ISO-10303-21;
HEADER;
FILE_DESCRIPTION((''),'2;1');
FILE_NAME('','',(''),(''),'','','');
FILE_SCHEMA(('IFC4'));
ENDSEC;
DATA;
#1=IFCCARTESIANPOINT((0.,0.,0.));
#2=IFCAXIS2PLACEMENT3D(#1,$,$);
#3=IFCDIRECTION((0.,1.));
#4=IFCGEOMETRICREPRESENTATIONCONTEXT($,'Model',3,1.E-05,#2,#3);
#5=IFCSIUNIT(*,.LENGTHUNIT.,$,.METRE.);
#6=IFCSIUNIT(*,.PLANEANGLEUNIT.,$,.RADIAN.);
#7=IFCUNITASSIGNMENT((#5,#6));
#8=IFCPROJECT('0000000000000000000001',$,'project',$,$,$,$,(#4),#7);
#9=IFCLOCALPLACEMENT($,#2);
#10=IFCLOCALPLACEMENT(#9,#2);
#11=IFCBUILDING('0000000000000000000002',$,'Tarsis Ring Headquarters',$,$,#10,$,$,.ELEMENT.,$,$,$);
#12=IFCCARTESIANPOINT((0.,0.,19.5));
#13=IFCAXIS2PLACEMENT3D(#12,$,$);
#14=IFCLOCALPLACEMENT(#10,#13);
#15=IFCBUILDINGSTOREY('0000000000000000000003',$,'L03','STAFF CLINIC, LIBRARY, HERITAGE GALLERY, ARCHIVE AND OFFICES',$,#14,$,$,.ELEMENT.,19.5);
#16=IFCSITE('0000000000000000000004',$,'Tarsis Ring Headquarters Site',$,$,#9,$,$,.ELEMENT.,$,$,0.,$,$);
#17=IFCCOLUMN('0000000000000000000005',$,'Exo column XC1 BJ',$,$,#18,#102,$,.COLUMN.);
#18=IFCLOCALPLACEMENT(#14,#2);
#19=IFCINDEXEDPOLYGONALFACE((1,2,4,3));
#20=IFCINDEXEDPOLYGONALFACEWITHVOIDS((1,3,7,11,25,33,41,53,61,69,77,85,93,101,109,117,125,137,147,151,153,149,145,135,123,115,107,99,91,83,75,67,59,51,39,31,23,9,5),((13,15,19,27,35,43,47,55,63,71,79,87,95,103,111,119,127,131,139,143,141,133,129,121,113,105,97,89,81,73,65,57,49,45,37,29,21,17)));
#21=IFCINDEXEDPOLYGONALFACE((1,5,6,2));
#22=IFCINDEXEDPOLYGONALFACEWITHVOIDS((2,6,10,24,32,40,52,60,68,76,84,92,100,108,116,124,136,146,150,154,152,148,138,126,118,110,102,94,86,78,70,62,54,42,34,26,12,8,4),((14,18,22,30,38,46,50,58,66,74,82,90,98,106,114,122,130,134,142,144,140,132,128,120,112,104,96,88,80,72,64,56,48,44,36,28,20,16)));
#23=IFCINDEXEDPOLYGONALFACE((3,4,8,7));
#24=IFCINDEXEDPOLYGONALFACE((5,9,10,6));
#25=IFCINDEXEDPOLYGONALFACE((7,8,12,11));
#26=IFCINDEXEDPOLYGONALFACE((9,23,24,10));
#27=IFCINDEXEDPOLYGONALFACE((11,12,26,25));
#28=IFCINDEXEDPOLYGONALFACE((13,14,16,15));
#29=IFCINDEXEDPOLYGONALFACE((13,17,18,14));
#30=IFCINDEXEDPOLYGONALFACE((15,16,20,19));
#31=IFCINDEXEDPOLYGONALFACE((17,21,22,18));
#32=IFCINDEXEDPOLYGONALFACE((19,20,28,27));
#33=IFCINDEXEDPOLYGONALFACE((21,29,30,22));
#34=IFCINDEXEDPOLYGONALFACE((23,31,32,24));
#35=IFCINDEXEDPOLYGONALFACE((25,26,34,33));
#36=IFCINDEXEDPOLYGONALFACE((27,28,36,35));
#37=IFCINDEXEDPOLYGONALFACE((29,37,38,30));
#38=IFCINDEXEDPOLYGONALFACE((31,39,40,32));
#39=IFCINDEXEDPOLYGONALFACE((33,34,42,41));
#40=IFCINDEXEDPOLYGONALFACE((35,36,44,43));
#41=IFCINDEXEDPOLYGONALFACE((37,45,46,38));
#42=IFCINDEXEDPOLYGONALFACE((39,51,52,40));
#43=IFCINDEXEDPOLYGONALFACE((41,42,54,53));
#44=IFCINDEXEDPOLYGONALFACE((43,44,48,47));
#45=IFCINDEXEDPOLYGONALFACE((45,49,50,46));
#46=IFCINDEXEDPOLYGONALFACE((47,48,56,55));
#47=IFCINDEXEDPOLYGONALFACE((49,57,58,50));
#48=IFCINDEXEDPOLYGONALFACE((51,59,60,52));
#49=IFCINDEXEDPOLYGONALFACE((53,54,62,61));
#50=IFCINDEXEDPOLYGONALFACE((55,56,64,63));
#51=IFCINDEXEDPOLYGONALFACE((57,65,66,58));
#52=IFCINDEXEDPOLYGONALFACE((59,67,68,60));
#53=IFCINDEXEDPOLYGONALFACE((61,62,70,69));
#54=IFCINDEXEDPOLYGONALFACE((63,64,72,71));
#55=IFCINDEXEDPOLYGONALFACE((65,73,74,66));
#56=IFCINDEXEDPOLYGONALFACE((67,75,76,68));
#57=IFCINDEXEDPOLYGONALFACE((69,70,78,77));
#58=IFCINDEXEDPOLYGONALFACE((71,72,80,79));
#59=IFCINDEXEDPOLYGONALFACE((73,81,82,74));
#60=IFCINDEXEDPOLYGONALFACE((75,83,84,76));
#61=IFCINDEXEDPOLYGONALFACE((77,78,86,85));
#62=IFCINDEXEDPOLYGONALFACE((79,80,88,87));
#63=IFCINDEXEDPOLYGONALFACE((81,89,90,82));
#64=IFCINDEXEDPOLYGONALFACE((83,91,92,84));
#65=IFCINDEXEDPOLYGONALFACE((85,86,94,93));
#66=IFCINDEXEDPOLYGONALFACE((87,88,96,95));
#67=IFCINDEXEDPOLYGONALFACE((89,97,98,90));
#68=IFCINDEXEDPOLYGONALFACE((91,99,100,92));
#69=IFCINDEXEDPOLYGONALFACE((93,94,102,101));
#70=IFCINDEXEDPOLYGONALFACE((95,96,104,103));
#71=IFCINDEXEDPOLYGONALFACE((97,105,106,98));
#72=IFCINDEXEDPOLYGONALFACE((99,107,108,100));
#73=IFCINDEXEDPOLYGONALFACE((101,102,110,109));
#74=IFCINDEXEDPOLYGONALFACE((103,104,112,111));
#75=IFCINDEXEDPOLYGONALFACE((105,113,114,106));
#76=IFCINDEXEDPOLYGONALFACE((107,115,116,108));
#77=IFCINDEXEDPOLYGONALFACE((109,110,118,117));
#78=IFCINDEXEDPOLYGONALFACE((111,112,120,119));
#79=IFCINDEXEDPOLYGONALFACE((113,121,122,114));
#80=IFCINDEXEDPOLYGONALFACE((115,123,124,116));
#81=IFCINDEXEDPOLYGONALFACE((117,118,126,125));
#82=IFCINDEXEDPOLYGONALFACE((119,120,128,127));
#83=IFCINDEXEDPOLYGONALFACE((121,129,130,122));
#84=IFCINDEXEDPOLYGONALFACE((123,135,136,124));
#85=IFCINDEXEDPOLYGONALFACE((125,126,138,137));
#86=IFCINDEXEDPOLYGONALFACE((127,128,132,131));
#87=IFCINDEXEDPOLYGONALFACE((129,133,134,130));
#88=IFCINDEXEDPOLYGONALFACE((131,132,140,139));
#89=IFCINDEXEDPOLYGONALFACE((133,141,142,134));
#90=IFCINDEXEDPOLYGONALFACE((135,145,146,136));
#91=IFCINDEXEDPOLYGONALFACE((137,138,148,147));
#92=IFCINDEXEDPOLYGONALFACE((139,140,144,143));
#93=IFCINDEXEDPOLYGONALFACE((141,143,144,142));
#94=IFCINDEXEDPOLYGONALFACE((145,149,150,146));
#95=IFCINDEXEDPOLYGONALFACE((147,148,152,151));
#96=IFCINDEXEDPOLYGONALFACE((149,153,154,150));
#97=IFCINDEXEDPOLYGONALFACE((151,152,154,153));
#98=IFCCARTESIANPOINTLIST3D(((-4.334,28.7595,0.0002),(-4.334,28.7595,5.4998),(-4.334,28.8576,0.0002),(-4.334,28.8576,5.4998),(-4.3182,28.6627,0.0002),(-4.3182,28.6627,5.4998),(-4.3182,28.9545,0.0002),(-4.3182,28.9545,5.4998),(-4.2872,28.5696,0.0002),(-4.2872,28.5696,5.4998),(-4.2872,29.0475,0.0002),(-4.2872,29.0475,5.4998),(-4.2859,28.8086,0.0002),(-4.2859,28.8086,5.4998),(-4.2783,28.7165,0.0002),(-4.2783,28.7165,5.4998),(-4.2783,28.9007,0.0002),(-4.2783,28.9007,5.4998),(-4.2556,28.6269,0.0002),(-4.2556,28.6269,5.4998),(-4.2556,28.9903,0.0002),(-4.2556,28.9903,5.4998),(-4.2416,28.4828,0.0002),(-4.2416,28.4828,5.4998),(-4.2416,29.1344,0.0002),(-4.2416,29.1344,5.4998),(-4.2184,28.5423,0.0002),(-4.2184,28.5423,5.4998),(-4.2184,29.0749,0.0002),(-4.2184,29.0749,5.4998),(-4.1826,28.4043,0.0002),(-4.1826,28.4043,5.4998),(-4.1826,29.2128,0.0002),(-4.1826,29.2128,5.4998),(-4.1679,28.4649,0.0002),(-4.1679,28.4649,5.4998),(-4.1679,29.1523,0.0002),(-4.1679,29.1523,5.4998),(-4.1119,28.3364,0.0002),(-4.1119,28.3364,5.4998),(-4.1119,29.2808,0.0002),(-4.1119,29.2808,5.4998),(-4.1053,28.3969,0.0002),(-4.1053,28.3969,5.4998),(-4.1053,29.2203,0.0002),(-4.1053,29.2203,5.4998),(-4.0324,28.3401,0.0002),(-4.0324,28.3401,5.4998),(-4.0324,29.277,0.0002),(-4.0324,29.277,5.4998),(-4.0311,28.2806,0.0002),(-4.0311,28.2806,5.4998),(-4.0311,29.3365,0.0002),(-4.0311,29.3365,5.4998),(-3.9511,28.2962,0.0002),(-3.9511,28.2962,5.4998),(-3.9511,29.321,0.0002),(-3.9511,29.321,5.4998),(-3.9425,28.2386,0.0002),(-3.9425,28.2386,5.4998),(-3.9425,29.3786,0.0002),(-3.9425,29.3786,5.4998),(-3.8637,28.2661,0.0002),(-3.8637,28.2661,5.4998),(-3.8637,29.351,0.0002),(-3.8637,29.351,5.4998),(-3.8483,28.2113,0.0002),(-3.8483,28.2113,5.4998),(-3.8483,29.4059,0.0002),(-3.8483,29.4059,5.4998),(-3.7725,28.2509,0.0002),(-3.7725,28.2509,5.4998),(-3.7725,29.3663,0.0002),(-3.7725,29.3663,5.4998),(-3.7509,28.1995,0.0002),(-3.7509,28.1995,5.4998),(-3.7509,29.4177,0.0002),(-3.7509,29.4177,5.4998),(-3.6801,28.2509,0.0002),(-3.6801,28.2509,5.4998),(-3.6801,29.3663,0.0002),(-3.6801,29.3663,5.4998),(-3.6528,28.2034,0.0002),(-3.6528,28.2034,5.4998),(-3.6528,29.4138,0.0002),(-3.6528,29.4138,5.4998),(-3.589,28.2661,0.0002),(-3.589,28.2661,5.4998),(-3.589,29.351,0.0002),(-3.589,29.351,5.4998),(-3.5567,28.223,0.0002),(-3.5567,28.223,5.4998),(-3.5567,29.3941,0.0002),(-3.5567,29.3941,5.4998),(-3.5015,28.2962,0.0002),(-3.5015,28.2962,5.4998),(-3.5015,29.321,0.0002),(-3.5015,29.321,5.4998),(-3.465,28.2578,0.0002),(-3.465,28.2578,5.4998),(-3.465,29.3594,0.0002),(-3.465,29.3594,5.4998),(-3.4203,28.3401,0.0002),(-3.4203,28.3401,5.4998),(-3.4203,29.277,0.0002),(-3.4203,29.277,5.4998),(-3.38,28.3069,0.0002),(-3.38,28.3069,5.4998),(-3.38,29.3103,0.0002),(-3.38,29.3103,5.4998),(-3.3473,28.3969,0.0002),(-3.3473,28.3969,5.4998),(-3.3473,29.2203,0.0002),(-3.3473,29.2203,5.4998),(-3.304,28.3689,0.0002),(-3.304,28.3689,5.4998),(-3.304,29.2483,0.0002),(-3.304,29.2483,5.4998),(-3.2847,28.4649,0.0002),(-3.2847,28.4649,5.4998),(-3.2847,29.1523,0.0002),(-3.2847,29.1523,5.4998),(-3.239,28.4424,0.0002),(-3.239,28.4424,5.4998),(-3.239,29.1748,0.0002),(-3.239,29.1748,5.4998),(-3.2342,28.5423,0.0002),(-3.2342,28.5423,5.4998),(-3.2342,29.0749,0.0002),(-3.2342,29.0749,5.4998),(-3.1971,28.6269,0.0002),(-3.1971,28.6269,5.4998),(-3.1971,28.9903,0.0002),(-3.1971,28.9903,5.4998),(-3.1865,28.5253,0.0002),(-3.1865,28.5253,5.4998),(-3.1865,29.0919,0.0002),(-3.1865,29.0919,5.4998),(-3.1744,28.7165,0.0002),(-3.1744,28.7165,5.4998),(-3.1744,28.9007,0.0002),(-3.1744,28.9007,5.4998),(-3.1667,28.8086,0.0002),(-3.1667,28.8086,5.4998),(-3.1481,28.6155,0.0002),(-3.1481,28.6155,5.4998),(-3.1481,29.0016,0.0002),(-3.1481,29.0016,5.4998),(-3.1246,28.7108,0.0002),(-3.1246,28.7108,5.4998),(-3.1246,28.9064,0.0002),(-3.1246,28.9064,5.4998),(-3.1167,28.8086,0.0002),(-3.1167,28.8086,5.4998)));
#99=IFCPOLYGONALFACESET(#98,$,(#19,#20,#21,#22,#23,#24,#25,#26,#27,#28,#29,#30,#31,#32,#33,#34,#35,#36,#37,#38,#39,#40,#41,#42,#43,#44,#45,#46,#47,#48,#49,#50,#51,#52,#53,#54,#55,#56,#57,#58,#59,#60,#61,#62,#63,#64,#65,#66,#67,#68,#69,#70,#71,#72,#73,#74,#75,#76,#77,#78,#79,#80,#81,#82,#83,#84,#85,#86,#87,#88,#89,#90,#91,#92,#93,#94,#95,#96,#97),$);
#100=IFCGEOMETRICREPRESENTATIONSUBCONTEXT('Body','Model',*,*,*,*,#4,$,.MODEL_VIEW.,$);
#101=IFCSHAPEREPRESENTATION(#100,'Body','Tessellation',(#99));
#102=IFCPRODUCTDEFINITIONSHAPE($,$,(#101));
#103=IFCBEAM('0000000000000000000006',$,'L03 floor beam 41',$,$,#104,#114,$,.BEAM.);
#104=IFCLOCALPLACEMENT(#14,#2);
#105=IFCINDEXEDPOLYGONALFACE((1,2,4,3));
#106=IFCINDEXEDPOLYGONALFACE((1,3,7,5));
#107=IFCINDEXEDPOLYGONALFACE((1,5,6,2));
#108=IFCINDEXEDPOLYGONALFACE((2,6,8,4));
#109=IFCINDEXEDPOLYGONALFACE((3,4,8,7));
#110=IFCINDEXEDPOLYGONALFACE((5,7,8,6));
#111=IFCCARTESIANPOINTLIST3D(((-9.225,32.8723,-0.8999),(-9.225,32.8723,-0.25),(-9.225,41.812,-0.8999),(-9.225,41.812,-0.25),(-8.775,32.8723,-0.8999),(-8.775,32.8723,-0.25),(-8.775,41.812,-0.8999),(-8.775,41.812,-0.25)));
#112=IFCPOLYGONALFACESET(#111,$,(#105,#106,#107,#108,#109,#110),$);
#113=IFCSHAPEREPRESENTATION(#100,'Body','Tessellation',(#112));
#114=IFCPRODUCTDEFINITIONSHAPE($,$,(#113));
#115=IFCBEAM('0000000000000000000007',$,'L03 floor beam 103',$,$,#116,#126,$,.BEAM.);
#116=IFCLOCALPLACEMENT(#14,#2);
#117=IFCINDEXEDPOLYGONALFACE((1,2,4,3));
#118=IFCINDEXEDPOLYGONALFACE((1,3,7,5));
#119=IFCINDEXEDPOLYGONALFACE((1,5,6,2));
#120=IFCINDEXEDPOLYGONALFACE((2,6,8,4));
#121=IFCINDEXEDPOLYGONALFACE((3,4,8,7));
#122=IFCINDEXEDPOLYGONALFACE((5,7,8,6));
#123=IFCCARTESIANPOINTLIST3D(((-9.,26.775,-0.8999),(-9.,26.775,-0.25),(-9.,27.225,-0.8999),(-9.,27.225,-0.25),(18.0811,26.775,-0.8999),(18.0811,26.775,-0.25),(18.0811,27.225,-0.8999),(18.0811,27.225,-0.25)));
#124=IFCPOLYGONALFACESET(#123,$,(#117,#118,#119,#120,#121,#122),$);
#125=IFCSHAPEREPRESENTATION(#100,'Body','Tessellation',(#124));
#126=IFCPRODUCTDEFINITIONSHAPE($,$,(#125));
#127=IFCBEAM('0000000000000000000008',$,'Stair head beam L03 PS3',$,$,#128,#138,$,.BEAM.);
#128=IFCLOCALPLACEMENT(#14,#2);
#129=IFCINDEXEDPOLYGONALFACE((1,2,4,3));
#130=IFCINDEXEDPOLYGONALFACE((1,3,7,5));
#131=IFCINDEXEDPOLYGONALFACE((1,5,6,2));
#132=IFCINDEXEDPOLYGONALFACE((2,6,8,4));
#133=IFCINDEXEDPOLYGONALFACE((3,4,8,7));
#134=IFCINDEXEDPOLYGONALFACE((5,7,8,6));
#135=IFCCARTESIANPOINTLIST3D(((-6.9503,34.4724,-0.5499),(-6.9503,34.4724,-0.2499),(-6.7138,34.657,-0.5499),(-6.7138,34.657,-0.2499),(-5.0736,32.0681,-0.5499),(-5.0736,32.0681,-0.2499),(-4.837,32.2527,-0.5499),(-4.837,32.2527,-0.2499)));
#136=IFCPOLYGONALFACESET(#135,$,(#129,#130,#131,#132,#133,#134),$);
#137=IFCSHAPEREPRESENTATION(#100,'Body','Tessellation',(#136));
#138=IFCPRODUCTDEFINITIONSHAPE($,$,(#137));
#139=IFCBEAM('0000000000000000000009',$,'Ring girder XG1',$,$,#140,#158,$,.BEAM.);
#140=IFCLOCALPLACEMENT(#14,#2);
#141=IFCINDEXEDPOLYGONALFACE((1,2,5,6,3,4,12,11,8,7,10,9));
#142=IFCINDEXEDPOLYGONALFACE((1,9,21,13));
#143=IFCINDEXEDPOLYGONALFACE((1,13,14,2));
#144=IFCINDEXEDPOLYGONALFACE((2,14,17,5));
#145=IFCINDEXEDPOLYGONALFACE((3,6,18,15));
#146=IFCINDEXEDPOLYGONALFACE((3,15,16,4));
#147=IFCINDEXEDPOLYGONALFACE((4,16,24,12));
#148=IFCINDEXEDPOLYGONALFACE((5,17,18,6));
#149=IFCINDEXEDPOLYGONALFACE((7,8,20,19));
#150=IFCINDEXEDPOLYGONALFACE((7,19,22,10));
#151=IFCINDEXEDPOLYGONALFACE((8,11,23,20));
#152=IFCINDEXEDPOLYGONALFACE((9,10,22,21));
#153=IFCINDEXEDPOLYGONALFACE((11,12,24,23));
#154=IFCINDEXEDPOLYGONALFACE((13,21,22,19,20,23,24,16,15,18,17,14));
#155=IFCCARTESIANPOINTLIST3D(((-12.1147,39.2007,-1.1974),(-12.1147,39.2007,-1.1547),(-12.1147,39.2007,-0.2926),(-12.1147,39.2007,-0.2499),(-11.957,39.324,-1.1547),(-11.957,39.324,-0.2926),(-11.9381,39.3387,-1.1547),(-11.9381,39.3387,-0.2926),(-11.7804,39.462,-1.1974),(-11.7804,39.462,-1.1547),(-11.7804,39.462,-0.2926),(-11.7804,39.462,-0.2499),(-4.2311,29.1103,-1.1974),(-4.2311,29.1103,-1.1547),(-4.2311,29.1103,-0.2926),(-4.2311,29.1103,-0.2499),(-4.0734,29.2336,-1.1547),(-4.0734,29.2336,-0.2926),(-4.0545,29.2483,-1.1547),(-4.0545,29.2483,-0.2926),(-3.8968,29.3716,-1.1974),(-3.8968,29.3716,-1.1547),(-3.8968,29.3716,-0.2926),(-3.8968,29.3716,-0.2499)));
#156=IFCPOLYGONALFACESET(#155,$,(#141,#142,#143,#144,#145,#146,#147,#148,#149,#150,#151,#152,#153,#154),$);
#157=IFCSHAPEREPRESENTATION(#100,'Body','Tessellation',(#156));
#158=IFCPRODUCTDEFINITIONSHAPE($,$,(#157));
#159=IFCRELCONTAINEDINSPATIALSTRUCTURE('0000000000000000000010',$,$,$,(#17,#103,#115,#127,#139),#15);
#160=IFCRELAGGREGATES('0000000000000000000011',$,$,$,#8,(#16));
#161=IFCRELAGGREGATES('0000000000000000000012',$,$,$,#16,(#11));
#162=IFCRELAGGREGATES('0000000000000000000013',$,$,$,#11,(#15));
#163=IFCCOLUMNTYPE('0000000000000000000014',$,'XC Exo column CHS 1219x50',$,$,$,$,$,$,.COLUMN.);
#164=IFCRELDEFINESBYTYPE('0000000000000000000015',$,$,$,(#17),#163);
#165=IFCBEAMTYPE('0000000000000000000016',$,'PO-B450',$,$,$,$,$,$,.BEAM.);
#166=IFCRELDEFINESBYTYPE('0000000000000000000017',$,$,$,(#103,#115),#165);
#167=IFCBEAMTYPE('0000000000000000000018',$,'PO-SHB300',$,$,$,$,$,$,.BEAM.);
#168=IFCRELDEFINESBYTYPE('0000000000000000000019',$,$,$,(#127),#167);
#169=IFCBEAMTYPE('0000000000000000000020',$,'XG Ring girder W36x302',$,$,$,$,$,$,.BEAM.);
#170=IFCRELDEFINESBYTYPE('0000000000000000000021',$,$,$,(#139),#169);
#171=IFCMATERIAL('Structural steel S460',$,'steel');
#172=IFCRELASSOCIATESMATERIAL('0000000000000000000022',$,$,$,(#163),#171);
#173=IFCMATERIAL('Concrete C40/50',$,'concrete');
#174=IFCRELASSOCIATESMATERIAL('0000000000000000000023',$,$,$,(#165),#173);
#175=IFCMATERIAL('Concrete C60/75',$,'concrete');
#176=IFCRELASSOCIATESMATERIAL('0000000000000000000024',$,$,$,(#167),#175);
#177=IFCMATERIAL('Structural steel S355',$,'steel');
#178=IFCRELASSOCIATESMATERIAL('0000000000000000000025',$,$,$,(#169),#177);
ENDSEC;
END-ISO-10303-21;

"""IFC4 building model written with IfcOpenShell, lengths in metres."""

from ifc_helpers import new_model, si_unit, direction, frame, origin, origin_2d, place, context, subcontext, project, spatial, rectangle, hollow_circle, i_section, extrude, material, material_profile, profile_set, type_object, element, save


model = new_model("IFC4")

# Units and contexts
model_context = context("Model", 3, precision=1e-05, world=origin(), true_north=direction((0.0, 1.0)))
body_context = subcontext(model_context, "Body", "Model", "MODEL_VIEW")
ifc_project = project(units=[si_unit("LENGTHUNIT", "METRE"), si_unit("PLANEANGLEUNIT", "RADIAN")], contexts=[model_context])

# Site, building, storey
site_placement = place(None, origin())
site = spatial("IfcSite", under=ifc_project, at=site_placement, Name="Tarsis Ring Headquarters Site", CompositionType="ELEMENT", RefElevation=0.0)
building_placement = place(site_placement, origin())
building = spatial("IfcBuilding", under=site, at=building_placement, Name="Tarsis Ring Headquarters", CompositionType="ELEMENT")
storey_placement = place(building_placement, frame((0.0, 0.0, 19.5)))
storey = spatial("IfcBuildingStorey", under=building, at=storey_placement, Name="L03", Description="STAFF CLINIC, LIBRARY, HERITAGE GALLERY, ARCHIVE AND OFFICES", CompositionType="ELEMENT", Elevation=19.5)

# Column
ifc_material_1 = material(Name="Structural steel S460", Category="steel")
ifc_material_profile_1 = material_profile(ifc_material_1, hollow_circle(Radius=0.6096, WallThickness=0.05, at=origin_2d()), Name="CHS 1219x50")
ifc_profile_set_1 = profile_set([ifc_material_profile_1], Name="Structural steel S460")
column_type = type_object("IfcColumnType", Name="XC Exo column CHS 1219x50", PredefinedType="COLUMN", material=ifc_profile_set_1)
column_placement = place(storey_placement, frame((-3.7263, 28.8086, 0.0002), z_axis=(0.0, 0.0, 1.0), x_axis=(1.0, 0.0, 0.0)))
element("IfcColumn", 1, at=column_placement, inside=storey, type_object=column_type, Name="Exo column XC1 BJ", PredefinedType="COLUMN", context=body_context, shape_type="SweptSolid", body=[
    extrude(hollow_circle(Radius=0.6096, WallThickness=0.05, at=origin_2d()), origin(), (0.0, 0.0, 1.0), 5.4995),
])

# Beams
ifc_material_2 = material(Name="Concrete C40/50", Category="concrete")
ifc_material_profile_2 = material_profile(ifc_material_2, rectangle(XDim=0.45, YDim=0.6499, at=origin_2d()), Name="PO-B450")
ifc_profile_set_2 = profile_set([ifc_material_profile_2], Name="Concrete C40/50")
beam_type_1 = type_object("IfcBeamType", Name="PO-B450", PredefinedType="BEAM", material=ifc_profile_set_2)
beam_1_placement = place(storey_placement, frame((-9.0, 32.8723, -0.575), z_axis=(0.0, 1.0, 0.0), x_axis=(-1.0, 0.0, 0.0)))
element("IfcBeam", 2, at=beam_1_placement, inside=storey, type_object=beam_type_1, Name="L03 floor beam 41", PredefinedType="BEAM", context=body_context, shape_type="SweptSolid", body=[
    extrude(rectangle(XDim=0.45, YDim=0.6499, at=origin_2d()), origin(), (0.0, 0.0, 1.0), 8.9397),
])
beam_2_placement = place(storey_placement, frame((-9.0, 27.0, -0.575), z_axis=(1.0, 0.0, 0.0), x_axis=(0.0, 1.0, 0.0)))
element("IfcBeam", 3, at=beam_2_placement, inside=storey, type_object=beam_type_1, Name="L03 floor beam 103", PredefinedType="BEAM", context=body_context, shape_type="SweptSolid", body=[
    extrude(rectangle(XDim=0.45, YDim=0.6499, at=origin_2d()), origin(), (0.0, 0.0, 1.0), 27.0811),
])
ifc_material_3 = material(Name="Concrete C60/75", Category="concrete")
ifc_material_profile_3 = material_profile(ifc_material_3, rectangle(XDim=0.3, YDim=0.3, at=origin_2d()), Name="PO-SHB300")
ifc_profile_set_3 = profile_set([ifc_material_profile_3], Name="Concrete C60/75")
beam_type_2 = type_object("IfcBeamType", Name="PO-SHB300", PredefinedType="BEAM", material=ifc_profile_set_3)
beam_3_placement = place(storey_placement, frame((-6.832, 34.5647, -0.3999), z_axis=(0.615308, -0.788286, 0.0), x_axis=(0.788286, 0.615308, 0.0)))
element("IfcBeam", 4, at=beam_3_placement, inside=storey, type_object=beam_type_2, Name="Stair head beam L03 PS3", PredefinedType="BEAM", context=body_context, shape_type="SweptSolid", body=[
    extrude(rectangle(XDim=0.3, YDim=0.3, at=origin_2d()), origin(), (0.0, 0.0, 1.0), 3.05),
])
ifc_material_4 = material(Name="Structural steel S355", Category="steel")
ifc_material_profile_4 = material_profile(ifc_material_4, i_section(OverallWidth=0.4243, OverallDepth=0.9475, WebThickness=0.0239, FlangeThickness=0.0427, at=origin_2d()), Name="W36x302")
ifc_profile_set_4 = profile_set([ifc_material_profile_4], Name="Structural steel S355")
beam_type_3 = type_object("IfcBeamType", Name="XG Ring girder W36x302", PredefinedType="BEAM", material=ifc_profile_set_4)
beam_4_placement = place(storey_placement, frame((-4.064, 29.241, -0.7236), z_axis=(-0.615667, 0.788006, 0.0), x_axis=(-0.788006, -0.615667, 0.0)))
element("IfcBeam", 5, at=beam_4_placement, inside=storey, type_object=beam_type_3, Name="Ring girder XG1", PredefinedType="BEAM", context=body_context, shape_type="SweptSolid", body=[
    extrude(i_section(OverallWidth=0.4243, OverallDepth=0.9475, WebThickness=0.0239, FlangeThickness=0.0427, at=origin_2d()), origin(), (0.0, 0.0, 1.0), 12.8049),
])

save(model, "model.ifc")
